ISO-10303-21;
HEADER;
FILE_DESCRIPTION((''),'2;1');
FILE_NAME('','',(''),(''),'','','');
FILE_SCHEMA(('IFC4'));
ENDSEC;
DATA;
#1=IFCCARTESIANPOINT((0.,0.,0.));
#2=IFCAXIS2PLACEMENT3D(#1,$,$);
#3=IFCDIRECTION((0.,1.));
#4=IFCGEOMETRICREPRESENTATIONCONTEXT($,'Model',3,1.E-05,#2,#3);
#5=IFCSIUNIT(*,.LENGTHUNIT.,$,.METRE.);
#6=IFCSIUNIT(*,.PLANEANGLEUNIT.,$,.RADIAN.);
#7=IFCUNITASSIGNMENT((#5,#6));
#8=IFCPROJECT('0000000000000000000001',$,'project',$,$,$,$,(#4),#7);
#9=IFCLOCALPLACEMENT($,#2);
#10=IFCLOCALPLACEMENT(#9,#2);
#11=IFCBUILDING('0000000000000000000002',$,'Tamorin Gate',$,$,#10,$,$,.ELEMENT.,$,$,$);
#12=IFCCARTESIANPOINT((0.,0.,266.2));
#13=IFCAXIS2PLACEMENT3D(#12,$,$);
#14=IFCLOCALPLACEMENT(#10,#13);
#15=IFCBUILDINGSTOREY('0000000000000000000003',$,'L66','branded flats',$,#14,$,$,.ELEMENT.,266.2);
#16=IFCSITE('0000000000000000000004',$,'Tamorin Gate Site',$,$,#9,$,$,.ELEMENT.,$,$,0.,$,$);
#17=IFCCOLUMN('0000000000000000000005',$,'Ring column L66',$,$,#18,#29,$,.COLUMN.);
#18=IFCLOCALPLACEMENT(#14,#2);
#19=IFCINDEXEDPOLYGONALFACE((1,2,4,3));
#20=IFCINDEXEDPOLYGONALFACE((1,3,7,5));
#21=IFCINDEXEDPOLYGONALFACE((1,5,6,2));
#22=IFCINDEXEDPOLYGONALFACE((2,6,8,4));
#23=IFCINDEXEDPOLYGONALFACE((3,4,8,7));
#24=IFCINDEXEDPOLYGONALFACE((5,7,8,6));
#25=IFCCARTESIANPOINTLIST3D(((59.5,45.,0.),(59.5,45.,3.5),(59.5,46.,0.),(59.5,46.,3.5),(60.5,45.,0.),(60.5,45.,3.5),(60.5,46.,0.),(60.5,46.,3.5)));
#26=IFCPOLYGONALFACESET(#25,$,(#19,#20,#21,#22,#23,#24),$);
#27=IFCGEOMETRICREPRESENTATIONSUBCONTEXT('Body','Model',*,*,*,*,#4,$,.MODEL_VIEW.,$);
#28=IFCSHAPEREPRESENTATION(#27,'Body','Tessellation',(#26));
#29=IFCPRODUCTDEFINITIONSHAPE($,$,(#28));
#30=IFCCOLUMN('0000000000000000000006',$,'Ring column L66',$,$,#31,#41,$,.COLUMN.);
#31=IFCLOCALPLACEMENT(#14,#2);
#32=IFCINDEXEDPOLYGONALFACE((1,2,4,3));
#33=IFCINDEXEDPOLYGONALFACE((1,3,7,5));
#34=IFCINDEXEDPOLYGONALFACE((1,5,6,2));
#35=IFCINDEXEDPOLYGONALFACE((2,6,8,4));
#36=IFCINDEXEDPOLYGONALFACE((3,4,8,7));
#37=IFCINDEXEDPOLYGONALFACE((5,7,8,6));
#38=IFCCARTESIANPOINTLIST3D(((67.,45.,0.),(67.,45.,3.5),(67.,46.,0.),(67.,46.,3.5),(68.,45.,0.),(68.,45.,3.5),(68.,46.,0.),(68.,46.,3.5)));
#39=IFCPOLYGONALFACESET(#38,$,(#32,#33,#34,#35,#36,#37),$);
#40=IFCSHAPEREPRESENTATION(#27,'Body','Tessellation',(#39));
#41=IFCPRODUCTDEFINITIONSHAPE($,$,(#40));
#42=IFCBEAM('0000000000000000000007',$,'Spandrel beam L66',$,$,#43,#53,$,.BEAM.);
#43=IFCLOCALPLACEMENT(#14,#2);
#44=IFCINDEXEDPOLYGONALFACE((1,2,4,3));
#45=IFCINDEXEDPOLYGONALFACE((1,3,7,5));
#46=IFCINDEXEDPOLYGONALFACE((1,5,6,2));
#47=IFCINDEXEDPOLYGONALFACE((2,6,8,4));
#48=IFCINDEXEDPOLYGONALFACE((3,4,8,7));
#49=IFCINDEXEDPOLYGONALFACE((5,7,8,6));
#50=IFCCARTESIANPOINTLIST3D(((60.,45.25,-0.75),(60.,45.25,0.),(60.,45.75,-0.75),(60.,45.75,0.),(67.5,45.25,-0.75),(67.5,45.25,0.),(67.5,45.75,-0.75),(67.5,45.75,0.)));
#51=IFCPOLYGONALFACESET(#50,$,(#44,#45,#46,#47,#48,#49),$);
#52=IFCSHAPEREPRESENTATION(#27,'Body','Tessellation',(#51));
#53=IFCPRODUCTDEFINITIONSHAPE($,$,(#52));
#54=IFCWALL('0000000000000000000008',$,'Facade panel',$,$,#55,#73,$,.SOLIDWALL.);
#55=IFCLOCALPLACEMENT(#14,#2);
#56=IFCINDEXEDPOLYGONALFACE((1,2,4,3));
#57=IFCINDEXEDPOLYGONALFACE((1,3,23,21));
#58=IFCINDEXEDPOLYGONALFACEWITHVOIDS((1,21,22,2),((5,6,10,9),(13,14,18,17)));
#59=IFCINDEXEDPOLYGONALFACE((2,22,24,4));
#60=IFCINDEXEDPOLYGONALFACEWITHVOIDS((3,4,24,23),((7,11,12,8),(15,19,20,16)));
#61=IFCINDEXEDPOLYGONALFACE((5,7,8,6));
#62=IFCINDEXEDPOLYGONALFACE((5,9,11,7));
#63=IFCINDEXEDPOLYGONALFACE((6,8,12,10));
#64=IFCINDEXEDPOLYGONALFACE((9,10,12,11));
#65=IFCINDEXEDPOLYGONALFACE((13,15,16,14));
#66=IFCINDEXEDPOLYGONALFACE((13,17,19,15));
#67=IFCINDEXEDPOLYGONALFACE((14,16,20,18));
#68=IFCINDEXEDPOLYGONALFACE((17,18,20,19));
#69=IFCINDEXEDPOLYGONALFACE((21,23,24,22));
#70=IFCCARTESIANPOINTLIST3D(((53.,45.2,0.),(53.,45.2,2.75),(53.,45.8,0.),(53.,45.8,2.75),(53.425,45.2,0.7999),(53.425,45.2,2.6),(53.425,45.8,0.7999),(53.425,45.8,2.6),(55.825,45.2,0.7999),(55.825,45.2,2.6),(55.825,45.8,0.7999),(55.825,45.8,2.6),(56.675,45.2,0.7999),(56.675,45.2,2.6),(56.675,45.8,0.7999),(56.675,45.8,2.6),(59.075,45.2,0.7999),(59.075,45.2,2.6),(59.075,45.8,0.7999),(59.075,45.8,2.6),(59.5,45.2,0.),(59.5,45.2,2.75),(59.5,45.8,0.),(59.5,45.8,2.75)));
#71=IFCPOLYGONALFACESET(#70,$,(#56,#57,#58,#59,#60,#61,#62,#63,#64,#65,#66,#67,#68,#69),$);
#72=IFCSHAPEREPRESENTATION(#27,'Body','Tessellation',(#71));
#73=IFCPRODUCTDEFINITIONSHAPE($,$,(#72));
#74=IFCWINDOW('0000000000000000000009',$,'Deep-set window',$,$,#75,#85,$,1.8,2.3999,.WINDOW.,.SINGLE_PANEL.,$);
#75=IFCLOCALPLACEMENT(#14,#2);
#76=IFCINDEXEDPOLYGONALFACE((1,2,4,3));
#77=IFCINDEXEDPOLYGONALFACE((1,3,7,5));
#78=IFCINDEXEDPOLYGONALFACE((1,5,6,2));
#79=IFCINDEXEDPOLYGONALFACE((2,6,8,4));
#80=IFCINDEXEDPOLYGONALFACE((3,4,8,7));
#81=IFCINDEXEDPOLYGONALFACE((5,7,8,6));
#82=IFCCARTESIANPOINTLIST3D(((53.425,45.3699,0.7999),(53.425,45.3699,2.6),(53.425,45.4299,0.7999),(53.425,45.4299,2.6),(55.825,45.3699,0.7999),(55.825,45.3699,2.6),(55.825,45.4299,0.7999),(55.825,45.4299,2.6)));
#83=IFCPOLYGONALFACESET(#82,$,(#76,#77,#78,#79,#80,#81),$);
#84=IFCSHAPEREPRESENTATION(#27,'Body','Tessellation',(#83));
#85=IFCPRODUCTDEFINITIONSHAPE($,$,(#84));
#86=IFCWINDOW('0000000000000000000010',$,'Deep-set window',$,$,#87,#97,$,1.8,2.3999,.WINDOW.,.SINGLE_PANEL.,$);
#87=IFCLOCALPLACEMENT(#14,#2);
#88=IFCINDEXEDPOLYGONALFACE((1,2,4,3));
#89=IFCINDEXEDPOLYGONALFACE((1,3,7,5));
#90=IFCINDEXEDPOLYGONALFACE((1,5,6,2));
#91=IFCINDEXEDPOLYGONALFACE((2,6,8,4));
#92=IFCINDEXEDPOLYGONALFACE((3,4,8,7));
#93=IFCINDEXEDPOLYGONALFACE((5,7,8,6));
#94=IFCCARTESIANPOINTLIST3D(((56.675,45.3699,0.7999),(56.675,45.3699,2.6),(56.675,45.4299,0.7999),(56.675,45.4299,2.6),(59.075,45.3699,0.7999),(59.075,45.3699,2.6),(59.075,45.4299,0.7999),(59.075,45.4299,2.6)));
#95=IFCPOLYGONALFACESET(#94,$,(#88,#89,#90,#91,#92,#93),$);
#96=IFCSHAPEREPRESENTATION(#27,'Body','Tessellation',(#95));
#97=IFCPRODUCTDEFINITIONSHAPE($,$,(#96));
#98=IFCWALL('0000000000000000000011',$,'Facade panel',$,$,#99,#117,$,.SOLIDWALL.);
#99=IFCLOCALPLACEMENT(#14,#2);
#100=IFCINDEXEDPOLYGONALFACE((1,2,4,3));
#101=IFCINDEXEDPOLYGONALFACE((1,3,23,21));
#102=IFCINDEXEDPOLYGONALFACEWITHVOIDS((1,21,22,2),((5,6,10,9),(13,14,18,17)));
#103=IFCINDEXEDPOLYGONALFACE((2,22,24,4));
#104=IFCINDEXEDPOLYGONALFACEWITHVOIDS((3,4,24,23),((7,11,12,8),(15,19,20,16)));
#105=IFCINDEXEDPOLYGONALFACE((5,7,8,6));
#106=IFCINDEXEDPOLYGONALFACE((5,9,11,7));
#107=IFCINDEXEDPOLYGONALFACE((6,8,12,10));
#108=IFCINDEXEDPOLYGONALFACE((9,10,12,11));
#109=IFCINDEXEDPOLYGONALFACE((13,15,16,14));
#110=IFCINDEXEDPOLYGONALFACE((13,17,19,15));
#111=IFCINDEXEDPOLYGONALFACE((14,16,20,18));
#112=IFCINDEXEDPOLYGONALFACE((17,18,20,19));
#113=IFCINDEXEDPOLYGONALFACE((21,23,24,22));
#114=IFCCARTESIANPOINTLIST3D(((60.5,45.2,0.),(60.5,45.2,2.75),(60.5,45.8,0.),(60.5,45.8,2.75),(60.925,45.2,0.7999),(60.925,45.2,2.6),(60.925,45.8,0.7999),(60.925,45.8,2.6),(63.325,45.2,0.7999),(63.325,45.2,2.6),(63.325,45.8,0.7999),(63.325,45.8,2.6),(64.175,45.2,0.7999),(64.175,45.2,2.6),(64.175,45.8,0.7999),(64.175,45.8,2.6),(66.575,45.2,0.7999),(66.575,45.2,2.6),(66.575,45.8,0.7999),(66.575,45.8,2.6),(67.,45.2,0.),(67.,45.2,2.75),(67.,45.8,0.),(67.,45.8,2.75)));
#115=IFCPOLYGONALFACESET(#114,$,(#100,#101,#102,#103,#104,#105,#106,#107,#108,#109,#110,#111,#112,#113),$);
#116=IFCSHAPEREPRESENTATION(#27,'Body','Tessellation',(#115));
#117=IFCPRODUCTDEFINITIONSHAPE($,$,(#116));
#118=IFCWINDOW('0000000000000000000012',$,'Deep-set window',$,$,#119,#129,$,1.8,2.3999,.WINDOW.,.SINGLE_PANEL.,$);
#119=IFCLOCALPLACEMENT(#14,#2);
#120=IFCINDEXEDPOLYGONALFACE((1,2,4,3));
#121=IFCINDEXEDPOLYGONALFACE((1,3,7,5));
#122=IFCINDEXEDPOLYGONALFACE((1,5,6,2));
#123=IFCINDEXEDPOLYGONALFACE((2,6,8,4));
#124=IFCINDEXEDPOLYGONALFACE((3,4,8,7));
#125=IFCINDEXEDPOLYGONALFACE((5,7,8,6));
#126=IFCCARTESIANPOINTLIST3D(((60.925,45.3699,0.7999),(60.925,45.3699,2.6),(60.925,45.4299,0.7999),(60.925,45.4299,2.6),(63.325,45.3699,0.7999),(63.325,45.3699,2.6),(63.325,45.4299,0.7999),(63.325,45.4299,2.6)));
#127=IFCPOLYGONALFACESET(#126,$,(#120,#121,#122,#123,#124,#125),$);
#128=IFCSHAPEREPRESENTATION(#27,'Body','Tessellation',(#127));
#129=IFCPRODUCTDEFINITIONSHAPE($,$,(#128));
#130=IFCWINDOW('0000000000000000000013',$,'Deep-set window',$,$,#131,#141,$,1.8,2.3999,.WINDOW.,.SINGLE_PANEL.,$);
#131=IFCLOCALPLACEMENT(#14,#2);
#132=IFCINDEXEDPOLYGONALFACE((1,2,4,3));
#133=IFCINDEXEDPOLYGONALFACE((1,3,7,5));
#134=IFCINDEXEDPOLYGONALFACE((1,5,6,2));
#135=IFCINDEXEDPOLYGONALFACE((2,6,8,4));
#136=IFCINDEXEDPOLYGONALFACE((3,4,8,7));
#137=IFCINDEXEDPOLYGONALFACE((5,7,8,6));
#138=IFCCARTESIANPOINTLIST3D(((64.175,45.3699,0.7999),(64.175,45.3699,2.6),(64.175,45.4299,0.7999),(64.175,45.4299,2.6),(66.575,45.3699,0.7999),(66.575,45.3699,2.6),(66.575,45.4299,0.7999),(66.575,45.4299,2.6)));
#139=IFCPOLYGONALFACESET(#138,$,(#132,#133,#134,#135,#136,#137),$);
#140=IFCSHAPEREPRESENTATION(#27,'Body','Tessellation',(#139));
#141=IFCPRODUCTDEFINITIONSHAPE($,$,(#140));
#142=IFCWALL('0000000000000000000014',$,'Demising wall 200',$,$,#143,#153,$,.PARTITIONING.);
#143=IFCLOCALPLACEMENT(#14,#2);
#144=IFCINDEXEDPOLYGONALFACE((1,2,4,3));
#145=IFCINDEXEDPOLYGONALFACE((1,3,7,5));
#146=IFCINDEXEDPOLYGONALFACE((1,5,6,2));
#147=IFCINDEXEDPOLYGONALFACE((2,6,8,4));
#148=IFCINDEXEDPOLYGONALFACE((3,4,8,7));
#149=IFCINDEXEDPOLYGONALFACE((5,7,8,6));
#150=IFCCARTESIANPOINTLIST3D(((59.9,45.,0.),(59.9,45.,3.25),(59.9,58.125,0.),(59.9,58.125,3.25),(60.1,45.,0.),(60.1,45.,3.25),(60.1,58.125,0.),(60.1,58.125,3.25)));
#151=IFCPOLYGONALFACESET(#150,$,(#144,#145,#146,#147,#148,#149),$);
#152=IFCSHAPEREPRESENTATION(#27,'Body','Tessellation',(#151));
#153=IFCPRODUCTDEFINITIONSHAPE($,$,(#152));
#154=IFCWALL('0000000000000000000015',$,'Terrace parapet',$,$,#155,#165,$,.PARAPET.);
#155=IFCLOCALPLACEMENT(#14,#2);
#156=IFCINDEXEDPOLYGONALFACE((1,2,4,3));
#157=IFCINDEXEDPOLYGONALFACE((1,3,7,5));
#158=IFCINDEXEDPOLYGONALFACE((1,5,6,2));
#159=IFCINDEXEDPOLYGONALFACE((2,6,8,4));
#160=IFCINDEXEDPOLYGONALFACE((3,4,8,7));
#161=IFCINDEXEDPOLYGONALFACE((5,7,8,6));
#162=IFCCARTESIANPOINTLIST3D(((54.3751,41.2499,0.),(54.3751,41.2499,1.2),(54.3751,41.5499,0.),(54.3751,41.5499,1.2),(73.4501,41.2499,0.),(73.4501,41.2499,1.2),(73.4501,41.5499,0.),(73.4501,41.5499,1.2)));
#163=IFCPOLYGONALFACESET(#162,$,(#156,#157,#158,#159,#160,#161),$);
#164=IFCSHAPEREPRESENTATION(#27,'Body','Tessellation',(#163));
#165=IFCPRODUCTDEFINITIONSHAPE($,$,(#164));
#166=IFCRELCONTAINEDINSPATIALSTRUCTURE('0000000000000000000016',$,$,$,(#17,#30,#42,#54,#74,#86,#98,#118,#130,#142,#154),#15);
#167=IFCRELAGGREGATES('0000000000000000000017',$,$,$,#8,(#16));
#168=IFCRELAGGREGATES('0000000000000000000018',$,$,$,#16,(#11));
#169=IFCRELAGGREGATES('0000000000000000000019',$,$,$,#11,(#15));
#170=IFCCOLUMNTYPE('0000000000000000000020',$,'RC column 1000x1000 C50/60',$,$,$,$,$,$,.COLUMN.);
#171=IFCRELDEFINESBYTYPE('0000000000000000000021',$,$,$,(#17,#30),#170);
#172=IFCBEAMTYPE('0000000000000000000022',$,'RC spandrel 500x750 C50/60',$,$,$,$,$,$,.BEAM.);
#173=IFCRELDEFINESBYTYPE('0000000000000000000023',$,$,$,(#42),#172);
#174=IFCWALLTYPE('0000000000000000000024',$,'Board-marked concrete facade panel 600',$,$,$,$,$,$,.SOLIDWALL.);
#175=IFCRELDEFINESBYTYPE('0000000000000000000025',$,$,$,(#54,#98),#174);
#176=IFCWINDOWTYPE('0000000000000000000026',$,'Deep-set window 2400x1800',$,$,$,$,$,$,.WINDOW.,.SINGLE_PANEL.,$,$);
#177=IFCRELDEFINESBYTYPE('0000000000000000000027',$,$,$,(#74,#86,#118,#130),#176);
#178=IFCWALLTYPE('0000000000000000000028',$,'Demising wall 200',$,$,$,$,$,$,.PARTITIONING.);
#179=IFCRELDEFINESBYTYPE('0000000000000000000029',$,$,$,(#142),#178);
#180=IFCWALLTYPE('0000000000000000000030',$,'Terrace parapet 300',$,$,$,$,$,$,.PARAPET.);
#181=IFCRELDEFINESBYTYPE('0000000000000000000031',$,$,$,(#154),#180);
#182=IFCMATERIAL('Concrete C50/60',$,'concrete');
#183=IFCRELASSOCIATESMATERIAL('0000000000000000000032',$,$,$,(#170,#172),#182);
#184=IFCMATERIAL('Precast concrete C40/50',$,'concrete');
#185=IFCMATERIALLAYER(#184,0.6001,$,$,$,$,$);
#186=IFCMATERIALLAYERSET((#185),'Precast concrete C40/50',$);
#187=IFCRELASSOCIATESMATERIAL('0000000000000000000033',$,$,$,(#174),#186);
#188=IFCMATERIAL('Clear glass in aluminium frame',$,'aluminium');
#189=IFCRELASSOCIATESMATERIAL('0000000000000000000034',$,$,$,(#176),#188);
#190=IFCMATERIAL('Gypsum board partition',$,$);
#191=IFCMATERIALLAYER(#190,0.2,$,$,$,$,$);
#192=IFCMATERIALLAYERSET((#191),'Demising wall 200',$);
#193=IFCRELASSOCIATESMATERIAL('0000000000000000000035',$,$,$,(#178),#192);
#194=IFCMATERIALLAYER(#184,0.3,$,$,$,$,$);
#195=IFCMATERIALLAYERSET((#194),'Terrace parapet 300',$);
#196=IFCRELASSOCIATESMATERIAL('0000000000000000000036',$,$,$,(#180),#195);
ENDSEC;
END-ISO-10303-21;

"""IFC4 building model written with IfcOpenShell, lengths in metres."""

from ifc_helpers import new_model, si_unit, direction, frame, frame_2d, origin, origin_2d, place, context, subcontext, project, spatial, rectangle, extrude, material, layer, layer_set, material_profile, profile_set, type_object, element, fill, save


model = new_model("IFC4")

# Units and contexts
model_context = context("Model", 3, precision=1e-05, world=origin(), true_north=direction((0.0, 1.0)))
body_context = subcontext(model_context, "Body", "Model", "MODEL_VIEW")
ifc_project = project(units=[si_unit("LENGTHUNIT", "METRE"), si_unit("PLANEANGLEUNIT", "RADIAN")], contexts=[model_context])

# Site, building, storey
site_placement = place(None, origin())
site = spatial("IfcSite", under=ifc_project, at=site_placement, Name="Tamorin Gate Site", CompositionType="ELEMENT", RefElevation=0.0)
building_placement = place(site_placement, origin())
building = spatial("IfcBuilding", under=site, at=building_placement, Name="Tamorin Gate", CompositionType="ELEMENT")
storey_placement = place(building_placement, frame((0.0, 0.0, 266.2)))
storey = spatial("IfcBuildingStorey", under=building, at=storey_placement, Name="L66", Description="branded flats", CompositionType="ELEMENT", Elevation=266.2)

# Columns
ifc_material_1 = material(Name="Concrete C50/60", Category="concrete")
ifc_material_profile_1 = material_profile(ifc_material_1, rectangle(XDim=1.0, YDim=1.0, at=origin_2d()), Name="RC 1000x1000")
ifc_profile_set_1 = profile_set([ifc_material_profile_1], Name="Concrete C50/60")
column_type = type_object("IfcColumnType", Name="RC column 1000x1000 C50/60", PredefinedType="COLUMN", material=ifc_profile_set_1)
for number, where, z_axis, x_axis, name in (
    (1, (60.0, 45.5, 0.0), (0.0, 0.0, 1.0), (1.0, 0.0, 0.0), "Ring column L66"),
    (2, (67.5, 45.5, 0.0), (0.0, 0.0, 1.0), (1.0, 0.0, 0.0), "Ring column L66"),
):
    element("IfcColumn", number, at=place(storey_placement, frame(where, z_axis=z_axis, x_axis=x_axis)), inside=storey, type_object=column_type, Name=name, PredefinedType="COLUMN", context=body_context, shape_type="SweptSolid", body=[
        extrude(rectangle(XDim=1.0, YDim=1.0, at=origin_2d()), origin(), (0.0, 0.0, 1.0), 3.5),
    ])

# Beam
ifc_material_profile_2 = material_profile(ifc_material_1, rectangle(XDim=0.5, YDim=0.75, at=origin_2d()), Name="RC 500x750")
ifc_profile_set_2 = profile_set([ifc_material_profile_2], Name="Concrete C50/60")
beam_type = type_object("IfcBeamType", Name="RC spandrel 500x750 C50/60", PredefinedType="BEAM", material=ifc_profile_set_2)
beam_placement = place(storey_placement, frame((60.0, 45.5, -0.375), z_axis=(1.0, 0.0, 0.0), x_axis=(0.0, 1.0, 0.0)))
element("IfcBeam", 3, at=beam_placement, inside=storey, type_object=beam_type, Name="Spandrel beam L66", PredefinedType="BEAM", context=body_context, shape_type="SweptSolid", body=[
    extrude(rectangle(XDim=0.5, YDim=0.75, at=origin_2d()), origin(), (0.0, 0.0, 1.0), 7.5),
])

# Walls, openings, windows
ifc_material_2 = material(Name="Precast concrete C40/50", Category="concrete")
ifc_layer_1 = layer(ifc_material_2, 0.6001)
ifc_layer_set_1 = layer_set([ifc_layer_1], Name="Precast concrete C40/50")
wall_type_1 = type_object("IfcWallType", Name="Board-marked concrete facade panel 600", PredefinedType="SOLIDWALL", material=ifc_layer_set_1)
wall_1_placement = place(storey_placement, frame((53.0, 45.5, 0.0), z_axis=(0.0, 0.0, 1.0), x_axis=(1.0, 0.0, 0.0)))
wall_1 = element("IfcWall", 4, at=wall_1_placement, inside=storey, type_object=wall_type_1, Name="Facade panel", PredefinedType="SOLIDWALL", context=body_context, shape_type="SweptSolid", body=[
    extrude(rectangle(XDim=6.5, YDim=0.6001, at=frame_2d((3.25, 0.0))), origin(), (0.0, 0.0, 1.0), 2.75),
])
opening_1_placement = place(wall_1_placement, frame((0.425, 0.0, 0.8)))
opening_1 = element("IfcOpeningElement", 5, at=opening_1_placement, cuts=wall_1, PredefinedType="OPENING", context=body_context, shape_type="SweptSolid", body=[
    extrude(rectangle(XDim=2.3999, YDim=1.8, at=frame_2d((1.2, 0.8999))), frame((0.0, 0.3101, 0.0), z_axis=(0.0, -1.0, 0.0), x_axis=(1.0, 0.0, 0.0)), (0.0, 0.0, 1.0), 0.6201),
])
opening_2_placement = place(wall_1_placement, frame((3.675, 0.0, 0.8)))
opening_2 = element("IfcOpeningElement", 6, at=opening_2_placement, cuts=wall_1, PredefinedType="OPENING", context=body_context, shape_type="SweptSolid", body=[
    extrude(rectangle(XDim=2.3999, YDim=1.8, at=frame_2d((1.2, 0.8999))), frame((0.0, 0.3101, 0.0), z_axis=(0.0, -1.0, 0.0), x_axis=(1.0, 0.0, 0.0)), (0.0, 0.0, 1.0), 0.6201),
])
ifc_material_3 = material(Name="Clear glass in aluminium frame", Category="aluminium")
window_type = type_object("IfcWindowType", Name="Deep-set window 2400x1800", PartitioningType="SINGLE_PANEL", PredefinedType="WINDOW", material=ifc_material_3)
window_1_placement = place(opening_1_placement, origin())
window_1 = element("IfcWindow", 7, at=window_1_placement, inside=storey, type_object=window_type, Name="Deep-set window", OverallHeight=1.8, OverallWidth=2.3999, PartitioningType="SINGLE_PANEL", PredefinedType="WINDOW", context=body_context, shape_type="SweptSolid", body=[
    extrude(rectangle(XDim=2.3999, YDim=1.8, at=frame_2d((1.2, 0.8999))), frame((0.0, -0.0701, 0.0), z_axis=(0.0, -1.0, 0.0), x_axis=(1.0, 0.0, 0.0)), (0.0, 0.0, 1.0), 0.0601),
])
fill(opening_1, window_1)
window_2_placement = place(opening_2_placement, origin())
window_2 = element("IfcWindow", 8, at=window_2_placement, inside=storey, type_object=window_type, Name="Deep-set window", OverallHeight=1.8, OverallWidth=2.3999, PartitioningType="SINGLE_PANEL", PredefinedType="WINDOW", context=body_context, shape_type="SweptSolid", body=[
    extrude(rectangle(XDim=2.3999, YDim=1.8, at=frame_2d((1.2, 0.8999))), frame((0.0, -0.0701, 0.0), z_axis=(0.0, -1.0, 0.0), x_axis=(1.0, 0.0, 0.0)), (0.0, 0.0, 1.0), 0.0601),
])
fill(opening_2, window_2)
wall_2_placement = place(storey_placement, frame((60.5, 45.5, 0.0), z_axis=(0.0, 0.0, 1.0), x_axis=(1.0, 0.0, 0.0)))
wall_2 = element("IfcWall", 9, at=wall_2_placement, inside=storey, type_object=wall_type_1, Name="Facade panel", PredefinedType="SOLIDWALL", context=body_context, shape_type="SweptSolid", body=[
    extrude(rectangle(XDim=6.5, YDim=0.6001, at=frame_2d((3.25, 0.0))), origin(), (0.0, 0.0, 1.0), 2.75),
])
opening_3_placement = place(wall_2_placement, frame((0.425, 0.0, 0.8)))
opening_3 = element("IfcOpeningElement", 10, at=opening_3_placement, cuts=wall_2, PredefinedType="OPENING", context=body_context, shape_type="SweptSolid", body=[
    extrude(rectangle(XDim=2.3999, YDim=1.8, at=frame_2d((1.2, 0.8999))), frame((0.0, 0.3101, 0.0), z_axis=(0.0, -1.0, 0.0), x_axis=(1.0, 0.0, 0.0)), (0.0, 0.0, 1.0), 0.6201),
])
opening_4_placement = place(wall_2_placement, frame((3.675, 0.0, 0.8)))
opening_4 = element("IfcOpeningElement", 11, at=opening_4_placement, cuts=wall_2, PredefinedType="OPENING", context=body_context, shape_type="SweptSolid", body=[
    extrude(rectangle(XDim=2.3999, YDim=1.8, at=frame_2d((1.2, 0.8999))), frame((0.0, 0.3101, 0.0), z_axis=(0.0, -1.0, 0.0), x_axis=(1.0, 0.0, 0.0)), (0.0, 0.0, 1.0), 0.6201),
])
window_3_placement = place(opening_3_placement, origin())
window_3 = element("IfcWindow", 12, at=window_3_placement, inside=storey, type_object=window_type, Name="Deep-set window", OverallHeight=1.8, OverallWidth=2.3999, PartitioningType="SINGLE_PANEL", PredefinedType="WINDOW", context=body_context, shape_type="SweptSolid", body=[
    extrude(rectangle(XDim=2.3999, YDim=1.8, at=frame_2d((1.2, 0.8999))), frame((0.0, -0.0701, 0.0), z_axis=(0.0, -1.0, 0.0), x_axis=(1.0, 0.0, 0.0)), (0.0, 0.0, 1.0), 0.0601),
])
fill(opening_3, window_3)
window_4_placement = place(opening_4_placement, origin())
window_4 = element("IfcWindow", 13, at=window_4_placement, inside=storey, type_object=window_type, Name="Deep-set window", OverallHeight=1.8, OverallWidth=2.3999, PartitioningType="SINGLE_PANEL", PredefinedType="WINDOW", context=body_context, shape_type="SweptSolid", body=[
    extrude(rectangle(XDim=2.3999, YDim=1.8, at=frame_2d((1.2, 0.8999))), frame((0.0, -0.0701, 0.0), z_axis=(0.0, -1.0, 0.0), x_axis=(1.0, 0.0, 0.0)), (0.0, 0.0, 1.0), 0.0601),
])
fill(opening_4, window_4)

# Walls
ifc_material_4 = material(Name="Gypsum board partition")
ifc_layer_2 = layer(ifc_material_4, 0.2)
ifc_layer_set_2 = layer_set([ifc_layer_2], Name="Demising wall 200")
wall_type_2 = type_object("IfcWallType", Name="Demising wall 200", PredefinedType="PARTITIONING", material=ifc_layer_set_2)
wall_3_placement = place(storey_placement, frame((60.0, 45.0, 0.0), z_axis=(0.0, 0.0, 1.0), x_axis=(0.0, 1.0, 0.0)))
element("IfcWall", 14, at=wall_3_placement, inside=storey, type_object=wall_type_2, Name="Demising wall 200", PredefinedType="PARTITIONING", context=body_context, shape_type="SweptSolid", body=[
    extrude(rectangle(XDim=13.125, YDim=0.2, at=frame_2d((6.5625, 0.0))), origin(), (0.0, 0.0, 1.0), 3.25),
])
ifc_layer_3 = layer(ifc_material_2, 0.3)
ifc_layer_set_3 = layer_set([ifc_layer_3], Name="Terrace parapet 300")
wall_type_3 = type_object("IfcWallType", Name="Terrace parapet 300", PredefinedType="PARAPET", material=ifc_layer_set_3)
wall_4_placement = place(storey_placement, frame((54.375, 41.3999, 0.0), z_axis=(0.0, 0.0, 1.0), x_axis=(1.0, 0.0, 0.0)))
element("IfcWall", 15, at=wall_4_placement, inside=storey, type_object=wall_type_3, Name="Terrace parapet", PredefinedType="PARAPET", context=body_context, shape_type="SweptSolid", body=[
    extrude(rectangle(XDim=19.075, YDim=0.3, at=frame_2d((9.5376, 0.0))), origin(), (0.0, 0.0, 1.0), 1.2),
])

save(model, "model.ifc")
